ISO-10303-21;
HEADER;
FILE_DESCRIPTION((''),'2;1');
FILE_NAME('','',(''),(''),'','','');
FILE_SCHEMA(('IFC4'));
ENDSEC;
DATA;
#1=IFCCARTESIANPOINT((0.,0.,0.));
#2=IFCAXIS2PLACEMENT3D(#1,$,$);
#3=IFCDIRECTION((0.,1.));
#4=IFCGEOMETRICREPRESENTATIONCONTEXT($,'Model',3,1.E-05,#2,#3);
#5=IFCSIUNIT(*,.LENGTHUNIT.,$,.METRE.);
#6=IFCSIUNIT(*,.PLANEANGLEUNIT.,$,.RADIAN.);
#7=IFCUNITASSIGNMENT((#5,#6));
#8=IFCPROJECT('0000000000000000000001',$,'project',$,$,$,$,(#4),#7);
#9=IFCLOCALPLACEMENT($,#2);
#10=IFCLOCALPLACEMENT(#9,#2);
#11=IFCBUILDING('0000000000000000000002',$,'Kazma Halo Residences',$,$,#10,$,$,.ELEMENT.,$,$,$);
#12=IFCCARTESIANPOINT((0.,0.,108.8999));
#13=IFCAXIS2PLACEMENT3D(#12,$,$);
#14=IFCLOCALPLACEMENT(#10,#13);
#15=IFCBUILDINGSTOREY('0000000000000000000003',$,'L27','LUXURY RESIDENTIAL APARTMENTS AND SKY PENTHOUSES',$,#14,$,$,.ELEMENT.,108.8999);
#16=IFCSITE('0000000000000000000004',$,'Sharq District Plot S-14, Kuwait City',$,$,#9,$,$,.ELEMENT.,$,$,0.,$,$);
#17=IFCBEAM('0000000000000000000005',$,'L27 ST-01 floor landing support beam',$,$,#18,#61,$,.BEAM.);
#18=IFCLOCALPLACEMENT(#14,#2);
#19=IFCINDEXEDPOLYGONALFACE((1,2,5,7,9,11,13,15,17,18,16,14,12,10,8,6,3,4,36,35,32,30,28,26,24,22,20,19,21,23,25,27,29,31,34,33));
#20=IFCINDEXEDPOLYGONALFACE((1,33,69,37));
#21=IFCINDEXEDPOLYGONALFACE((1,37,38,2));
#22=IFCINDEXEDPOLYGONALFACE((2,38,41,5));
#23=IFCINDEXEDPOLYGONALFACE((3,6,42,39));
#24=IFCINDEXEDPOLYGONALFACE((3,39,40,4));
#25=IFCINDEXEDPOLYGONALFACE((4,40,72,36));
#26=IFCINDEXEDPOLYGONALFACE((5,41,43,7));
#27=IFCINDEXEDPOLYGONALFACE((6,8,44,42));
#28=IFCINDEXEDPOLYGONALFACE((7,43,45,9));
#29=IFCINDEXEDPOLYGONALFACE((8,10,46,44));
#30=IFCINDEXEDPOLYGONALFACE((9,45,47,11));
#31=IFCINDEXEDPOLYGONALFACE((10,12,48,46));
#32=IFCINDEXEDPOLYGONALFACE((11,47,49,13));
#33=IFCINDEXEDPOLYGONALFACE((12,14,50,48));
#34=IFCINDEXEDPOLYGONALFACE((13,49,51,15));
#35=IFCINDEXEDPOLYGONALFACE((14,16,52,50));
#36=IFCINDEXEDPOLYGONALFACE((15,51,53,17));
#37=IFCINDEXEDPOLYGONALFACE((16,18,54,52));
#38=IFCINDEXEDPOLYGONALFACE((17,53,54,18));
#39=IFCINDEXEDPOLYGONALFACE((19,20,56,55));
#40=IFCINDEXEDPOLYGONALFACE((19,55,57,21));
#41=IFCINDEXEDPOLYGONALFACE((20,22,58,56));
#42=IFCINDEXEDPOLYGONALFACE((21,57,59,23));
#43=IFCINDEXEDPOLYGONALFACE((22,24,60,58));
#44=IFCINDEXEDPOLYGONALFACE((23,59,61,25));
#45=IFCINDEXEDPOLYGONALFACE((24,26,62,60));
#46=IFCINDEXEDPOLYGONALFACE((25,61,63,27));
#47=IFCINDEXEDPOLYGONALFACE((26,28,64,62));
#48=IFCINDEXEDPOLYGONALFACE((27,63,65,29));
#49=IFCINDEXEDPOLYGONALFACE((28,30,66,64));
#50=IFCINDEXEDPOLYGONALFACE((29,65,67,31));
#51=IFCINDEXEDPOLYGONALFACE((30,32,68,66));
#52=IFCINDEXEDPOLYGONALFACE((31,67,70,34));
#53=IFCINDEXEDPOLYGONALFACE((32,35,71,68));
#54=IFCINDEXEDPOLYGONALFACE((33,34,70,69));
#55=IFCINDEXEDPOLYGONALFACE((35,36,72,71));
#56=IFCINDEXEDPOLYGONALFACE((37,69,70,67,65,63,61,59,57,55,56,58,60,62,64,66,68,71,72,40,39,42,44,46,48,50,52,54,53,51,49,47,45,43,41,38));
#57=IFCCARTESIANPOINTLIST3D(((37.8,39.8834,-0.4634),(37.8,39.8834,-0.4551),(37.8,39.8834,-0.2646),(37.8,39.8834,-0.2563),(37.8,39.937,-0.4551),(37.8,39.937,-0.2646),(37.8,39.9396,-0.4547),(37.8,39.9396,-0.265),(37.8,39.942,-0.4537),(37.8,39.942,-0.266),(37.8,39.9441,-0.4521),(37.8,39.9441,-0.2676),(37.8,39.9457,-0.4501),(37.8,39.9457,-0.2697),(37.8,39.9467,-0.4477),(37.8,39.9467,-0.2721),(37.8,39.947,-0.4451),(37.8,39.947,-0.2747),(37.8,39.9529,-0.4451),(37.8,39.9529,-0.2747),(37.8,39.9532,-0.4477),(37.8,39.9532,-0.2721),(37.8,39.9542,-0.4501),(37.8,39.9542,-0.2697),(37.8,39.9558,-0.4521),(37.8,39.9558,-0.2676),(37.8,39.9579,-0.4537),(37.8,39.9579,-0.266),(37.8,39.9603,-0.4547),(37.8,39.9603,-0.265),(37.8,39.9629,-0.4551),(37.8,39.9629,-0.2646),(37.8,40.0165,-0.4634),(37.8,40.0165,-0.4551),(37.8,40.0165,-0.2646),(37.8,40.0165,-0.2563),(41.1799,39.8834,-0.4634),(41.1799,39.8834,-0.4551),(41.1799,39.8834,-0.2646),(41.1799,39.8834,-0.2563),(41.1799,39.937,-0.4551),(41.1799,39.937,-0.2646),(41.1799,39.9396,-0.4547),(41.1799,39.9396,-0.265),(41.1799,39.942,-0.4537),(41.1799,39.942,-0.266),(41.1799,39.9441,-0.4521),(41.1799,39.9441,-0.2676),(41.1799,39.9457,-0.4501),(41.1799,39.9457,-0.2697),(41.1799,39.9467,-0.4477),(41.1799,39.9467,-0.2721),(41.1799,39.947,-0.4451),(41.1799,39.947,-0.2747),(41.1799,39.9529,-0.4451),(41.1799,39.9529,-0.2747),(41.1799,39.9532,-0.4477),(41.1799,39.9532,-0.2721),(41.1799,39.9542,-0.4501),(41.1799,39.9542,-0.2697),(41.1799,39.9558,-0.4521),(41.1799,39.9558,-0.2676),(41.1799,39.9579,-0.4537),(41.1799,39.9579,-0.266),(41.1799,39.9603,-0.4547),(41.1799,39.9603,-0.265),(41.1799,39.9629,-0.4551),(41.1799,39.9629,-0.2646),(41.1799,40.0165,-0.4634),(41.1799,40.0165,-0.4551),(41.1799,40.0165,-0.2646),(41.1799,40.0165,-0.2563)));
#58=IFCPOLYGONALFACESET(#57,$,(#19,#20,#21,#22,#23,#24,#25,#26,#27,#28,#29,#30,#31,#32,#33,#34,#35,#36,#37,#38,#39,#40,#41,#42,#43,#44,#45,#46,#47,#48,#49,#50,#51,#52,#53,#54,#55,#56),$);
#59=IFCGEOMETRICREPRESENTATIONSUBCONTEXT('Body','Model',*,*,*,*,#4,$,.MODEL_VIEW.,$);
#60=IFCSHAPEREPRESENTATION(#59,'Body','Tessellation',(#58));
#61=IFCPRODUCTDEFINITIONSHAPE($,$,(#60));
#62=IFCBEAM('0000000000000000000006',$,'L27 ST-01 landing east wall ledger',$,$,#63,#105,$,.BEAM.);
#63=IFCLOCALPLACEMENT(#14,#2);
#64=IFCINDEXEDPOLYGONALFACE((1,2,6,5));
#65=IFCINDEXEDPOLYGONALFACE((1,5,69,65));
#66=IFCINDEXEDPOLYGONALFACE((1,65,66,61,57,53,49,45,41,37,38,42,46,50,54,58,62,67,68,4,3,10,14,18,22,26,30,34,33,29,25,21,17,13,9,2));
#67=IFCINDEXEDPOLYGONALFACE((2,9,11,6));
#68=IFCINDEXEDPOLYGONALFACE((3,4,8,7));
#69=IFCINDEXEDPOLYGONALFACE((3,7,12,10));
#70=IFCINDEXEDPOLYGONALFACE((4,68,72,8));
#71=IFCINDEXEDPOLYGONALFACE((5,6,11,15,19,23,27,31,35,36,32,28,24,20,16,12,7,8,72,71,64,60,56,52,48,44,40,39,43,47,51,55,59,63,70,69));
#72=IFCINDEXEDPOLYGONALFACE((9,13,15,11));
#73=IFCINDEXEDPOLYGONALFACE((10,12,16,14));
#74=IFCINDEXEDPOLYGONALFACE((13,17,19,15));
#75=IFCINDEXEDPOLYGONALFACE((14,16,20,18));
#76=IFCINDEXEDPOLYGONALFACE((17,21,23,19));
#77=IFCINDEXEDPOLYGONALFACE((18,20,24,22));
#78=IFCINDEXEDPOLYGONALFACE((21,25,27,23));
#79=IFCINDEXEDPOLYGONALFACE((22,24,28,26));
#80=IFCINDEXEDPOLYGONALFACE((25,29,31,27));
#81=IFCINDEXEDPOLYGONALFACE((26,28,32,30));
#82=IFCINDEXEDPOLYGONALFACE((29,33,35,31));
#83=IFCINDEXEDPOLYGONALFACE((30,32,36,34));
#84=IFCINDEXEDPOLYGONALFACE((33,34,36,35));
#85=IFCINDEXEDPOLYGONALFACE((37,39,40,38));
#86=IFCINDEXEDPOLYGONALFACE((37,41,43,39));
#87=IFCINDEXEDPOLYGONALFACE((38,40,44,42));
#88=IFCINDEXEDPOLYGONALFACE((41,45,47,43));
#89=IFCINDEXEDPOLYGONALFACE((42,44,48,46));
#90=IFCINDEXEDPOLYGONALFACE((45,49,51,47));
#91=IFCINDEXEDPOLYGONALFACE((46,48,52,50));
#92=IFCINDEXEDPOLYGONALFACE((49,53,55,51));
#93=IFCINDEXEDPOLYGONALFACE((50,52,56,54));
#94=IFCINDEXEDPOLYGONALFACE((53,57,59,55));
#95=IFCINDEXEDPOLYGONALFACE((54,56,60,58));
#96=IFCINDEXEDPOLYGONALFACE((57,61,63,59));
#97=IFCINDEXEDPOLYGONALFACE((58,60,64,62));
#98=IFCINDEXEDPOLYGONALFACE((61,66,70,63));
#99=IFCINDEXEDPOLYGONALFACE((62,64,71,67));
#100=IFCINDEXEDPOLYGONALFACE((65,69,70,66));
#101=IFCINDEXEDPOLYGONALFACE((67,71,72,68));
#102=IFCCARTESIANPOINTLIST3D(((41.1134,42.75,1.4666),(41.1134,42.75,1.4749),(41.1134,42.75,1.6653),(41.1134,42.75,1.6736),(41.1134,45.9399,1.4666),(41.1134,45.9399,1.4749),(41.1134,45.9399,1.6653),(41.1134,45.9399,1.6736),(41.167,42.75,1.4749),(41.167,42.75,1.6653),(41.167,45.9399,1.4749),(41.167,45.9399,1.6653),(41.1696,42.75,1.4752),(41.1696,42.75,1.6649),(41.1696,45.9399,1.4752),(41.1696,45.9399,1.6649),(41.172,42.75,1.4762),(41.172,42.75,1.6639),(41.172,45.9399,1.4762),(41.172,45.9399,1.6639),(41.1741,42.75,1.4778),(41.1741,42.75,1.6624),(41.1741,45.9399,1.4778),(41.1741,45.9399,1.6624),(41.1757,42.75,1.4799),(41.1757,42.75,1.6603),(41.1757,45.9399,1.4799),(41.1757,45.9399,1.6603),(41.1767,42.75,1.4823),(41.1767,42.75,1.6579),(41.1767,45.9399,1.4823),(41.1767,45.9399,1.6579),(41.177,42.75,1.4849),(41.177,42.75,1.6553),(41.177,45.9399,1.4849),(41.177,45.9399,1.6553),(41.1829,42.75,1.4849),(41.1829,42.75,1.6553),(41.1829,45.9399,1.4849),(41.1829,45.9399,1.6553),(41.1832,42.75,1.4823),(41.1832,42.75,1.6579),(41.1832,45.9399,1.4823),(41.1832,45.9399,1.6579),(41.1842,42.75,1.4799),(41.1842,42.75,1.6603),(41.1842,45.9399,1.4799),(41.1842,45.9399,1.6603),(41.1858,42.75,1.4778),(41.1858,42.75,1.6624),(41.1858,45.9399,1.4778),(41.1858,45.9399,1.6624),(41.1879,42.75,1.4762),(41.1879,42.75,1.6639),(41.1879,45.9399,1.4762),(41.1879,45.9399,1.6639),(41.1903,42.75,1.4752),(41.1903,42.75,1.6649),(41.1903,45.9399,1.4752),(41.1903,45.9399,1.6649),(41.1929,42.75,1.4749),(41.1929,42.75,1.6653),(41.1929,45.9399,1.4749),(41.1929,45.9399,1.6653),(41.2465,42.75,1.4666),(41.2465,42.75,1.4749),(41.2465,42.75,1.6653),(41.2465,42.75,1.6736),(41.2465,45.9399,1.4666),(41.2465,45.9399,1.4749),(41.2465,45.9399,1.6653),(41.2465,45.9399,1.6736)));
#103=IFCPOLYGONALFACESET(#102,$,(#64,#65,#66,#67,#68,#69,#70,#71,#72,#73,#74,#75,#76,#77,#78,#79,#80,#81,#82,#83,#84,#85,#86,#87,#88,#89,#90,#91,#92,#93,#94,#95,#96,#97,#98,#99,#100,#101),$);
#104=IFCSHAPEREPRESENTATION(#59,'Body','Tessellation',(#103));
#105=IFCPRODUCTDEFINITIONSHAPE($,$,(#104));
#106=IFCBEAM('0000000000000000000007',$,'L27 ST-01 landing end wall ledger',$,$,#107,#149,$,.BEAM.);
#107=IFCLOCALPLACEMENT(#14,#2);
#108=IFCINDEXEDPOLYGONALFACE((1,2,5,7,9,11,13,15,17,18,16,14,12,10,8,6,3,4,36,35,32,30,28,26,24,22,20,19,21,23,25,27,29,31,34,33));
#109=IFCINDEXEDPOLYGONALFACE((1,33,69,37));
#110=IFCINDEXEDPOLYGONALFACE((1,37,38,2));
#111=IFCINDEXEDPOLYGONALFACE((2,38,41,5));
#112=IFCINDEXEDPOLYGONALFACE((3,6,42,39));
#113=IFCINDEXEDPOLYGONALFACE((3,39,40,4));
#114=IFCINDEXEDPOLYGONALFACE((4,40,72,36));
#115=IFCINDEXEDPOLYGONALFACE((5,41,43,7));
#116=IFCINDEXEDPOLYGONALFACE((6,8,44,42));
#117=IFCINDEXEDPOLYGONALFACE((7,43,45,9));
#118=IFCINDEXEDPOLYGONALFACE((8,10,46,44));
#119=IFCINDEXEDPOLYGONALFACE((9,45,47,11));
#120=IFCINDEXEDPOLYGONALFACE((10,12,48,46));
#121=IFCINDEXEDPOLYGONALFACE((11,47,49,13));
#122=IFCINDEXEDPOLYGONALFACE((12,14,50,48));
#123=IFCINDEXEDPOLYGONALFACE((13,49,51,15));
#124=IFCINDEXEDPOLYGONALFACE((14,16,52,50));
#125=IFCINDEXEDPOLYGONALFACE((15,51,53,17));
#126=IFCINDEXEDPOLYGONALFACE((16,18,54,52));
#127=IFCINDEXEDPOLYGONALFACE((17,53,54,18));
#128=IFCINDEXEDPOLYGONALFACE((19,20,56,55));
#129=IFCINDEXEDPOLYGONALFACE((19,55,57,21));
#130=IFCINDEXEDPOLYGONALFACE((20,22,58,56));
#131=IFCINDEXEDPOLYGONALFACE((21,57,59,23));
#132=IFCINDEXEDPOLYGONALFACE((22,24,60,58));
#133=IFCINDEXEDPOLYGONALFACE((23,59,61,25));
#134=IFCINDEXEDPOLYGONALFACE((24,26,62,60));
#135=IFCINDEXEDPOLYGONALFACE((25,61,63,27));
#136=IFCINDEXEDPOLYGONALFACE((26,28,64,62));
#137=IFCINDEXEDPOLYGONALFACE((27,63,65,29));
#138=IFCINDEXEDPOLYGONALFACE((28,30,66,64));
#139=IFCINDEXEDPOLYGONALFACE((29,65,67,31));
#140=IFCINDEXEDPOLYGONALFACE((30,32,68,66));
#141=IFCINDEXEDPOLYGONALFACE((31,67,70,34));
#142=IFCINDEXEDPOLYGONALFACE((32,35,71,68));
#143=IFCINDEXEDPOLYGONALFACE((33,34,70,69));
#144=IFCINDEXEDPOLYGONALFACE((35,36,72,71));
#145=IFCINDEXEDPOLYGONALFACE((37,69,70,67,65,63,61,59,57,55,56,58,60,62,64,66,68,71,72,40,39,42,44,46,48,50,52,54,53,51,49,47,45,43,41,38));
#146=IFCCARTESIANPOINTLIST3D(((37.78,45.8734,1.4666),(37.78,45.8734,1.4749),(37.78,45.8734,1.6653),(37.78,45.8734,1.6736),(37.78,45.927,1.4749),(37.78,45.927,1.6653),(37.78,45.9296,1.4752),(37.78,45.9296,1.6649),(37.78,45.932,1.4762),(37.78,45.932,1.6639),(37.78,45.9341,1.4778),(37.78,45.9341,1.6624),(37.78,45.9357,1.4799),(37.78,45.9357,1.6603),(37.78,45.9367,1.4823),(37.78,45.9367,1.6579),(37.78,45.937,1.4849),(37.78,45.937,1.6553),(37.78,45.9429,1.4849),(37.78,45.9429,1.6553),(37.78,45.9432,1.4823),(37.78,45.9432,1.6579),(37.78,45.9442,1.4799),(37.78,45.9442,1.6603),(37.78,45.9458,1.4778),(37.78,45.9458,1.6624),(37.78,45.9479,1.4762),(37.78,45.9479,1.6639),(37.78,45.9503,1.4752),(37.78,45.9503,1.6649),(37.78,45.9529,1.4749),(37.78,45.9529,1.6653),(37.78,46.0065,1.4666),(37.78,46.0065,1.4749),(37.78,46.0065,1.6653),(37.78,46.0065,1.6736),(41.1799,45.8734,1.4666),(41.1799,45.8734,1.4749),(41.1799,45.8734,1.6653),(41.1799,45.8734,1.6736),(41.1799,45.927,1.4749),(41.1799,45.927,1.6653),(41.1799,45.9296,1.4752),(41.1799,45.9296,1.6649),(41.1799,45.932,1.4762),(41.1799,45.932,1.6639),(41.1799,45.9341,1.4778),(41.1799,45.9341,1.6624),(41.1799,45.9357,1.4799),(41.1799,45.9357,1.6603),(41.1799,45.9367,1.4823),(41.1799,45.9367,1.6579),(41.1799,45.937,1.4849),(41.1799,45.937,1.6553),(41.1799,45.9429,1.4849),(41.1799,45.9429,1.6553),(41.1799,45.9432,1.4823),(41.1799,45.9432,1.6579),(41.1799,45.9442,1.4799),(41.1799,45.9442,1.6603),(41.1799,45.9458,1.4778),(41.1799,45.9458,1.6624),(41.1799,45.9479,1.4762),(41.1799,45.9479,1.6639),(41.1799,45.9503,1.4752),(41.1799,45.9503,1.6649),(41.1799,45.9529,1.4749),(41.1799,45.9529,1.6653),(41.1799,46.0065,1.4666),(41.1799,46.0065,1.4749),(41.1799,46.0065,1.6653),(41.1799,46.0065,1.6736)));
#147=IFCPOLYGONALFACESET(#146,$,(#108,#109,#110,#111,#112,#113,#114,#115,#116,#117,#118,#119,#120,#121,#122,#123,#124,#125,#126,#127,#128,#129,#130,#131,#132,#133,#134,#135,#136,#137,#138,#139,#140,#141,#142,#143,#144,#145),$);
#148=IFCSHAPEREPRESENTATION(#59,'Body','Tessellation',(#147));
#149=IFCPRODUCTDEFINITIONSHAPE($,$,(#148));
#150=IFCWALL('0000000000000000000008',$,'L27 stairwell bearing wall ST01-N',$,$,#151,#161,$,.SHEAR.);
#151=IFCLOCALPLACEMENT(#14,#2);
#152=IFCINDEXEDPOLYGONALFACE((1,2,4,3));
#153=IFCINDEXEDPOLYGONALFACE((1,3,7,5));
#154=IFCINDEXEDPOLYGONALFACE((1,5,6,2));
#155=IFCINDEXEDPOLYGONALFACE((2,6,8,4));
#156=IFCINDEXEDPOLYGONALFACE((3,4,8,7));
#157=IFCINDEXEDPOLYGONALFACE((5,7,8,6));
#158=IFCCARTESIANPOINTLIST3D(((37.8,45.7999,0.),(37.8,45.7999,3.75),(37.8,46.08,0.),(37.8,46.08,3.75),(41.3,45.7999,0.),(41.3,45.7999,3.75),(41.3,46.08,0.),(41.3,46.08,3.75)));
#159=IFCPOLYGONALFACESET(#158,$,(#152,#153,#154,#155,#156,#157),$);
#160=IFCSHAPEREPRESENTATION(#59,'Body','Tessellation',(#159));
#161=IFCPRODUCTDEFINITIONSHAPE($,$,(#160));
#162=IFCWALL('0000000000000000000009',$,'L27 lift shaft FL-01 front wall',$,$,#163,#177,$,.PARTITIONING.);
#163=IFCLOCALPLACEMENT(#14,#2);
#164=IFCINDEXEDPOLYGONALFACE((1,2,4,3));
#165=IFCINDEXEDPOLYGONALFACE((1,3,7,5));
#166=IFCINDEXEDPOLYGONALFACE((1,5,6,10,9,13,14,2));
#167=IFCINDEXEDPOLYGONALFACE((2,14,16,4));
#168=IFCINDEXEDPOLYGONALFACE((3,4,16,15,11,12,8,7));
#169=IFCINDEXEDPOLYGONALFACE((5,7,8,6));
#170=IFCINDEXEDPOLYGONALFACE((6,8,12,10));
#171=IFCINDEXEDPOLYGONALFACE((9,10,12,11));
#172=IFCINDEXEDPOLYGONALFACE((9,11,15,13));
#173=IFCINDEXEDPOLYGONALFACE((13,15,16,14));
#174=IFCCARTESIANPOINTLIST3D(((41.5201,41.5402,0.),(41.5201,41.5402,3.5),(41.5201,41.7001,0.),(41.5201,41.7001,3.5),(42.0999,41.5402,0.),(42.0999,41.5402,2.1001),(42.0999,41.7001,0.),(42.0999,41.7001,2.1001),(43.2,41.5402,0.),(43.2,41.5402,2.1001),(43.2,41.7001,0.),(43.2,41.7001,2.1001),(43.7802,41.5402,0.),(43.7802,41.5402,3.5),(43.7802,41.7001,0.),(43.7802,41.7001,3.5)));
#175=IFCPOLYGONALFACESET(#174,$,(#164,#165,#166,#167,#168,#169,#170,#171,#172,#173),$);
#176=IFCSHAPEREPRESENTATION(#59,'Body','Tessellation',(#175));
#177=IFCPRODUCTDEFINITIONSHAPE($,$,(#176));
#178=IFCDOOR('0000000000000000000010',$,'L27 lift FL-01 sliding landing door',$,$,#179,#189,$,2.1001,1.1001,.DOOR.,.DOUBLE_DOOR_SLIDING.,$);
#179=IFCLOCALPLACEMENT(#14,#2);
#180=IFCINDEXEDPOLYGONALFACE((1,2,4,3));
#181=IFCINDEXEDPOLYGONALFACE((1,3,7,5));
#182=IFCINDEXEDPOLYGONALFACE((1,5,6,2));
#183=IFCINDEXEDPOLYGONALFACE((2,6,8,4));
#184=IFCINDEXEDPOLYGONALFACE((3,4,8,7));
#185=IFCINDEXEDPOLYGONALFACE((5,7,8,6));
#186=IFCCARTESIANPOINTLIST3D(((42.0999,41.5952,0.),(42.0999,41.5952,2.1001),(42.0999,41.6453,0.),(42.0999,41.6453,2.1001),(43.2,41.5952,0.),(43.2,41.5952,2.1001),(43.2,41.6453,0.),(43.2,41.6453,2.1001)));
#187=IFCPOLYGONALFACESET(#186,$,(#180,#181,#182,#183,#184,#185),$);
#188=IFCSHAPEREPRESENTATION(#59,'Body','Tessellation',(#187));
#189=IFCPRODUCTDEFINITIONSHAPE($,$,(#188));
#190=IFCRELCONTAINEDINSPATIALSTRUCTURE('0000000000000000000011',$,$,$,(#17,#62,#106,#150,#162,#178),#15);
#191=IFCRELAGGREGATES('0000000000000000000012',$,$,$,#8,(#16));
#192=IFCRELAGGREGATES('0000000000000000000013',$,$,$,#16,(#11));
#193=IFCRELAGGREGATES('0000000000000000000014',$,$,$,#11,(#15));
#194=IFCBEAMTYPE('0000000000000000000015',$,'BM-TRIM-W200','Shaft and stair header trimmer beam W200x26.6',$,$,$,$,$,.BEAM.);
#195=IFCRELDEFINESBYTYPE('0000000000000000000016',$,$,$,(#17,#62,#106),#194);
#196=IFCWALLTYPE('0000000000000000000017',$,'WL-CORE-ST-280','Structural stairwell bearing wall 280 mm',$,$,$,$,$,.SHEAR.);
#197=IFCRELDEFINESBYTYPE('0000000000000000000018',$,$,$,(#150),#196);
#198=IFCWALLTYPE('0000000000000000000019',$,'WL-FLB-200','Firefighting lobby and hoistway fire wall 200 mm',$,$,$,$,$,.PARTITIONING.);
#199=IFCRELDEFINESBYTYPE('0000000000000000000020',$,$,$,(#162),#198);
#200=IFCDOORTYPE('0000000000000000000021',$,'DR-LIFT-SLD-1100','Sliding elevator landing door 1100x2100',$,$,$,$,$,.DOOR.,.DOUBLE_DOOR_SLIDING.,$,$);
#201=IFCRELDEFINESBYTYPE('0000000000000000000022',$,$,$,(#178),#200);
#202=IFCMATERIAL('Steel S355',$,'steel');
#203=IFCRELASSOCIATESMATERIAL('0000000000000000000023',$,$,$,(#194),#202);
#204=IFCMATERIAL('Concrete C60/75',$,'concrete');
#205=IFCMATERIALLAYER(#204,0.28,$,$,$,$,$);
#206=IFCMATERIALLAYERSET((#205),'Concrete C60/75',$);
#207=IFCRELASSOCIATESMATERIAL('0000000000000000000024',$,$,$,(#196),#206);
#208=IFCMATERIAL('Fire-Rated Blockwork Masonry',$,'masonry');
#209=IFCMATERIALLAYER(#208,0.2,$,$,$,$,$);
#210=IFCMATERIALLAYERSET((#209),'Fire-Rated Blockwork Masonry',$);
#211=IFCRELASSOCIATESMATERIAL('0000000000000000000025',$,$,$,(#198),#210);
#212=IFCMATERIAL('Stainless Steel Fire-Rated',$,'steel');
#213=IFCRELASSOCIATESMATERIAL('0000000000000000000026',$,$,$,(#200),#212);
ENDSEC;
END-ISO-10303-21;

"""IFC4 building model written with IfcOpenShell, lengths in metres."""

from ifc_helpers import new_model, si_unit, direction, frame, frame_2d, origin, origin_2d, place, context, subcontext, project, spatial, rectangle, i_section, extrude, material, layer, layer_set, material_profile, profile_set, type_object, element, fill, save


model = new_model("IFC4")

# Units and contexts
model_context = context("Model", 3, precision=1e-05, world=origin(), true_north=direction((0.0, 1.0)))
body_context = subcontext(model_context, "Body", "Model", "MODEL_VIEW")
ifc_project = project(units=[si_unit("LENGTHUNIT", "METRE"), si_unit("PLANEANGLEUNIT", "RADIAN")], contexts=[model_context])

# Site, building, storey
site_placement = place(None, origin())
site = spatial("IfcSite", under=ifc_project, at=site_placement, Name="Sharq District Plot S-14, Kuwait City", CompositionType="ELEMENT", RefElevation=0.0)
building_placement = place(site_placement, origin())
building = spatial("IfcBuilding", under=site, at=building_placement, Name="Kazma Halo Residences", CompositionType="ELEMENT")
storey_placement = place(building_placement, frame((0.0, 0.0, 108.8999)))
storey = spatial("IfcBuildingStorey", under=building, at=storey_placement, Name="L27", Description="LUXURY RESIDENTIAL APARTMENTS AND SKY PENTHOUSES", CompositionType="ELEMENT", Elevation=108.8999)

# Shared definitions
ifc_material_1 = material(Name="Steel S355", Category="steel")

# Beams
ifc_material_profile_1 = material_profile(ifc_material_1, i_section(OverallWidth=0.1331, OverallDepth=0.207, WebThickness=0.0059, FlangeThickness=0.0083, FilletRadius=0.01, at=origin_2d()), Name="W200x26.6")
ifc_profile_set_1 = profile_set([ifc_material_profile_1], Name="Steel S355")
beam_type_1 = type_object("IfcBeamType", Name="BM-TRIM-W200", Description="Shaft and stair header trimmer beam W200x26.6", PredefinedType="BEAM", material=ifc_profile_set_1)
beam_1_placement = place(storey_placement, frame((37.8, 39.95, -0.3599), z_axis=(1.0, 0.0, 0.0), x_axis=(0.0, 1.0, 0.0)))
element("IfcBeam", 1, at=beam_1_placement, inside=storey, type_object=beam_type_1, Name="L27 ST-01 floor landing support beam", PredefinedType="BEAM", context=body_context, shape_type="SweptSolid", body=[
    extrude(i_section(OverallWidth=0.1331, OverallDepth=0.207, WebThickness=0.0059, FlangeThickness=0.0083, FilletRadius=0.01, at=origin_2d()), origin(), (0.0, 0.0, 1.0), 3.3799),
])
beam_2_placement = place(storey_placement, frame((41.1799, 42.75, 1.5701), z_axis=(0.0, 1.0, 0.0), x_axis=(-1.0, 0.0, 0.0)))
element("IfcBeam", 2, at=beam_2_placement, inside=storey, type_object=beam_type_1, Name="L27 ST-01 landing east wall ledger", PredefinedType="BEAM", context=body_context, shape_type="SweptSolid", body=[
    extrude(i_section(OverallWidth=0.1331, OverallDepth=0.207, WebThickness=0.0059, FlangeThickness=0.0083, FilletRadius=0.01, at=origin_2d()), origin(), (0.0, 0.0, 1.0), 3.1899),
])
beam_3_placement = place(storey_placement, frame((37.78, 45.9399, 1.5701), z_axis=(1.0, 0.0, 0.0), x_axis=(0.0, 1.0, 0.0)))
element("IfcBeam", 3, at=beam_3_placement, inside=storey, type_object=beam_type_1, Name="L27 ST-01 landing end wall ledger", PredefinedType="BEAM", context=body_context, shape_type="SweptSolid", body=[
    extrude(i_section(OverallWidth=0.1331, OverallDepth=0.207, WebThickness=0.0059, FlangeThickness=0.0083, FilletRadius=0.01, at=origin_2d()), origin(), (0.0, 0.0, 1.0), 3.3999),
])

# Wall
ifc_material_2 = material(Name="Concrete C60/75", Category="concrete")
ifc_layer_1 = layer(ifc_material_2, 0.28)
ifc_layer_set_1 = layer_set([ifc_layer_1], Name="Concrete C60/75")
wall_type_1 = type_object("IfcWallType", Name="WL-CORE-ST-280", Description="Structural stairwell bearing wall 280 mm", PredefinedType="SHEAR", material=ifc_layer_set_1)
wall_1_placement = place(storey_placement, frame((37.8, 45.9399, 0.0), z_axis=(0.0, 0.0, 1.0), x_axis=(1.0, 0.0, 0.0)))
element("IfcWall", 4, at=wall_1_placement, inside=storey, type_object=wall_type_1, Name="L27 stairwell bearing wall ST01-N", PredefinedType="SHEAR", context=body_context, shape_type="SweptSolid", body=[
    extrude(rectangle(XDim=3.5, YDim=0.28, at=frame_2d((1.75, 0.0))), origin(), (0.0, 0.0, 1.0), 3.75),
])

# Wall, opening, door
ifc_material_3 = material(Name="Fire-Rated Blockwork Masonry", Category="masonry")
ifc_layer_2 = layer(ifc_material_3, 0.2)
ifc_layer_set_2 = layer_set([ifc_layer_2], Name="Fire-Rated Blockwork Masonry")
wall_type_2 = type_object("IfcWallType", Name="WL-FLB-200", Description="Firefighting lobby and hoistway fire wall 200 mm", PredefinedType="PARTITIONING", material=ifc_layer_set_2)
wall_2_placement = place(storey_placement, frame((43.78, 41.6201, 0.0), z_axis=(0.0, 0.0, 1.0), x_axis=(-1.0, 0.0, 0.0)))
wall_2 = element("IfcWall", 5, at=wall_2_placement, inside=storey, type_object=wall_type_2, Name="L27 lift shaft FL-01 front wall", PredefinedType="PARTITIONING", context=body_context, shape_type="SweptSolid", body=[
    extrude(rectangle(XDim=2.26, YDim=0.1599, at=frame_2d((1.1299, 0.0))), origin(), (0.0, 0.0, 1.0), 3.5),
])
opening_1_placement = place(wall_2_placement, frame((0.5801, 0.0, 0.0)))
opening_1 = element("IfcOpeningElement", 6, at=opening_1_placement, cuts=wall_2, PredefinedType="OPENING", context=body_context, shape_type="SweptSolid", body=[
    extrude(rectangle(XDim=1.1001, YDim=2.1001, at=frame_2d((0.55, 1.05))), frame((0.0, 0.0898, 0.0), z_axis=(0.0, -1.0, 0.0), x_axis=(1.0, 0.0, 0.0)), (0.0, 0.0, 1.0), 0.1799),
])
ifc_material_4 = material(Name="Stainless Steel Fire-Rated", Category="steel")
door_type_1 = type_object("IfcDoorType", Name="DR-LIFT-SLD-1100", Description="Sliding elevator landing door 1100x2100", OperationType="DOUBLE_DOOR_SLIDING", PredefinedType="DOOR", material=ifc_material_4)
door_1_placement = place(opening_1_placement, origin())
door_1 = element("IfcDoor", 7, at=door_1_placement, inside=storey, type_object=door_type_1, Name="L27 lift FL-01 sliding landing door", OperationType="DOUBLE_DOOR_SLIDING", OverallHeight=2.1001, OverallWidth=1.1001, PredefinedType="DOOR", context=body_context, shape_type="SweptSolid", body=[
    extrude(rectangle(XDim=1.1001, YDim=2.1001, at=frame_2d((0.55, 1.05))), frame((0.0, 0.0249, 0.0), z_axis=(0.0, -1.0, 0.0), x_axis=(1.0, 0.0, 0.0)), (0.0, 0.0, 1.0), 0.05),
])
fill(opening_1, door_1)

save(model, "model.ifc")
